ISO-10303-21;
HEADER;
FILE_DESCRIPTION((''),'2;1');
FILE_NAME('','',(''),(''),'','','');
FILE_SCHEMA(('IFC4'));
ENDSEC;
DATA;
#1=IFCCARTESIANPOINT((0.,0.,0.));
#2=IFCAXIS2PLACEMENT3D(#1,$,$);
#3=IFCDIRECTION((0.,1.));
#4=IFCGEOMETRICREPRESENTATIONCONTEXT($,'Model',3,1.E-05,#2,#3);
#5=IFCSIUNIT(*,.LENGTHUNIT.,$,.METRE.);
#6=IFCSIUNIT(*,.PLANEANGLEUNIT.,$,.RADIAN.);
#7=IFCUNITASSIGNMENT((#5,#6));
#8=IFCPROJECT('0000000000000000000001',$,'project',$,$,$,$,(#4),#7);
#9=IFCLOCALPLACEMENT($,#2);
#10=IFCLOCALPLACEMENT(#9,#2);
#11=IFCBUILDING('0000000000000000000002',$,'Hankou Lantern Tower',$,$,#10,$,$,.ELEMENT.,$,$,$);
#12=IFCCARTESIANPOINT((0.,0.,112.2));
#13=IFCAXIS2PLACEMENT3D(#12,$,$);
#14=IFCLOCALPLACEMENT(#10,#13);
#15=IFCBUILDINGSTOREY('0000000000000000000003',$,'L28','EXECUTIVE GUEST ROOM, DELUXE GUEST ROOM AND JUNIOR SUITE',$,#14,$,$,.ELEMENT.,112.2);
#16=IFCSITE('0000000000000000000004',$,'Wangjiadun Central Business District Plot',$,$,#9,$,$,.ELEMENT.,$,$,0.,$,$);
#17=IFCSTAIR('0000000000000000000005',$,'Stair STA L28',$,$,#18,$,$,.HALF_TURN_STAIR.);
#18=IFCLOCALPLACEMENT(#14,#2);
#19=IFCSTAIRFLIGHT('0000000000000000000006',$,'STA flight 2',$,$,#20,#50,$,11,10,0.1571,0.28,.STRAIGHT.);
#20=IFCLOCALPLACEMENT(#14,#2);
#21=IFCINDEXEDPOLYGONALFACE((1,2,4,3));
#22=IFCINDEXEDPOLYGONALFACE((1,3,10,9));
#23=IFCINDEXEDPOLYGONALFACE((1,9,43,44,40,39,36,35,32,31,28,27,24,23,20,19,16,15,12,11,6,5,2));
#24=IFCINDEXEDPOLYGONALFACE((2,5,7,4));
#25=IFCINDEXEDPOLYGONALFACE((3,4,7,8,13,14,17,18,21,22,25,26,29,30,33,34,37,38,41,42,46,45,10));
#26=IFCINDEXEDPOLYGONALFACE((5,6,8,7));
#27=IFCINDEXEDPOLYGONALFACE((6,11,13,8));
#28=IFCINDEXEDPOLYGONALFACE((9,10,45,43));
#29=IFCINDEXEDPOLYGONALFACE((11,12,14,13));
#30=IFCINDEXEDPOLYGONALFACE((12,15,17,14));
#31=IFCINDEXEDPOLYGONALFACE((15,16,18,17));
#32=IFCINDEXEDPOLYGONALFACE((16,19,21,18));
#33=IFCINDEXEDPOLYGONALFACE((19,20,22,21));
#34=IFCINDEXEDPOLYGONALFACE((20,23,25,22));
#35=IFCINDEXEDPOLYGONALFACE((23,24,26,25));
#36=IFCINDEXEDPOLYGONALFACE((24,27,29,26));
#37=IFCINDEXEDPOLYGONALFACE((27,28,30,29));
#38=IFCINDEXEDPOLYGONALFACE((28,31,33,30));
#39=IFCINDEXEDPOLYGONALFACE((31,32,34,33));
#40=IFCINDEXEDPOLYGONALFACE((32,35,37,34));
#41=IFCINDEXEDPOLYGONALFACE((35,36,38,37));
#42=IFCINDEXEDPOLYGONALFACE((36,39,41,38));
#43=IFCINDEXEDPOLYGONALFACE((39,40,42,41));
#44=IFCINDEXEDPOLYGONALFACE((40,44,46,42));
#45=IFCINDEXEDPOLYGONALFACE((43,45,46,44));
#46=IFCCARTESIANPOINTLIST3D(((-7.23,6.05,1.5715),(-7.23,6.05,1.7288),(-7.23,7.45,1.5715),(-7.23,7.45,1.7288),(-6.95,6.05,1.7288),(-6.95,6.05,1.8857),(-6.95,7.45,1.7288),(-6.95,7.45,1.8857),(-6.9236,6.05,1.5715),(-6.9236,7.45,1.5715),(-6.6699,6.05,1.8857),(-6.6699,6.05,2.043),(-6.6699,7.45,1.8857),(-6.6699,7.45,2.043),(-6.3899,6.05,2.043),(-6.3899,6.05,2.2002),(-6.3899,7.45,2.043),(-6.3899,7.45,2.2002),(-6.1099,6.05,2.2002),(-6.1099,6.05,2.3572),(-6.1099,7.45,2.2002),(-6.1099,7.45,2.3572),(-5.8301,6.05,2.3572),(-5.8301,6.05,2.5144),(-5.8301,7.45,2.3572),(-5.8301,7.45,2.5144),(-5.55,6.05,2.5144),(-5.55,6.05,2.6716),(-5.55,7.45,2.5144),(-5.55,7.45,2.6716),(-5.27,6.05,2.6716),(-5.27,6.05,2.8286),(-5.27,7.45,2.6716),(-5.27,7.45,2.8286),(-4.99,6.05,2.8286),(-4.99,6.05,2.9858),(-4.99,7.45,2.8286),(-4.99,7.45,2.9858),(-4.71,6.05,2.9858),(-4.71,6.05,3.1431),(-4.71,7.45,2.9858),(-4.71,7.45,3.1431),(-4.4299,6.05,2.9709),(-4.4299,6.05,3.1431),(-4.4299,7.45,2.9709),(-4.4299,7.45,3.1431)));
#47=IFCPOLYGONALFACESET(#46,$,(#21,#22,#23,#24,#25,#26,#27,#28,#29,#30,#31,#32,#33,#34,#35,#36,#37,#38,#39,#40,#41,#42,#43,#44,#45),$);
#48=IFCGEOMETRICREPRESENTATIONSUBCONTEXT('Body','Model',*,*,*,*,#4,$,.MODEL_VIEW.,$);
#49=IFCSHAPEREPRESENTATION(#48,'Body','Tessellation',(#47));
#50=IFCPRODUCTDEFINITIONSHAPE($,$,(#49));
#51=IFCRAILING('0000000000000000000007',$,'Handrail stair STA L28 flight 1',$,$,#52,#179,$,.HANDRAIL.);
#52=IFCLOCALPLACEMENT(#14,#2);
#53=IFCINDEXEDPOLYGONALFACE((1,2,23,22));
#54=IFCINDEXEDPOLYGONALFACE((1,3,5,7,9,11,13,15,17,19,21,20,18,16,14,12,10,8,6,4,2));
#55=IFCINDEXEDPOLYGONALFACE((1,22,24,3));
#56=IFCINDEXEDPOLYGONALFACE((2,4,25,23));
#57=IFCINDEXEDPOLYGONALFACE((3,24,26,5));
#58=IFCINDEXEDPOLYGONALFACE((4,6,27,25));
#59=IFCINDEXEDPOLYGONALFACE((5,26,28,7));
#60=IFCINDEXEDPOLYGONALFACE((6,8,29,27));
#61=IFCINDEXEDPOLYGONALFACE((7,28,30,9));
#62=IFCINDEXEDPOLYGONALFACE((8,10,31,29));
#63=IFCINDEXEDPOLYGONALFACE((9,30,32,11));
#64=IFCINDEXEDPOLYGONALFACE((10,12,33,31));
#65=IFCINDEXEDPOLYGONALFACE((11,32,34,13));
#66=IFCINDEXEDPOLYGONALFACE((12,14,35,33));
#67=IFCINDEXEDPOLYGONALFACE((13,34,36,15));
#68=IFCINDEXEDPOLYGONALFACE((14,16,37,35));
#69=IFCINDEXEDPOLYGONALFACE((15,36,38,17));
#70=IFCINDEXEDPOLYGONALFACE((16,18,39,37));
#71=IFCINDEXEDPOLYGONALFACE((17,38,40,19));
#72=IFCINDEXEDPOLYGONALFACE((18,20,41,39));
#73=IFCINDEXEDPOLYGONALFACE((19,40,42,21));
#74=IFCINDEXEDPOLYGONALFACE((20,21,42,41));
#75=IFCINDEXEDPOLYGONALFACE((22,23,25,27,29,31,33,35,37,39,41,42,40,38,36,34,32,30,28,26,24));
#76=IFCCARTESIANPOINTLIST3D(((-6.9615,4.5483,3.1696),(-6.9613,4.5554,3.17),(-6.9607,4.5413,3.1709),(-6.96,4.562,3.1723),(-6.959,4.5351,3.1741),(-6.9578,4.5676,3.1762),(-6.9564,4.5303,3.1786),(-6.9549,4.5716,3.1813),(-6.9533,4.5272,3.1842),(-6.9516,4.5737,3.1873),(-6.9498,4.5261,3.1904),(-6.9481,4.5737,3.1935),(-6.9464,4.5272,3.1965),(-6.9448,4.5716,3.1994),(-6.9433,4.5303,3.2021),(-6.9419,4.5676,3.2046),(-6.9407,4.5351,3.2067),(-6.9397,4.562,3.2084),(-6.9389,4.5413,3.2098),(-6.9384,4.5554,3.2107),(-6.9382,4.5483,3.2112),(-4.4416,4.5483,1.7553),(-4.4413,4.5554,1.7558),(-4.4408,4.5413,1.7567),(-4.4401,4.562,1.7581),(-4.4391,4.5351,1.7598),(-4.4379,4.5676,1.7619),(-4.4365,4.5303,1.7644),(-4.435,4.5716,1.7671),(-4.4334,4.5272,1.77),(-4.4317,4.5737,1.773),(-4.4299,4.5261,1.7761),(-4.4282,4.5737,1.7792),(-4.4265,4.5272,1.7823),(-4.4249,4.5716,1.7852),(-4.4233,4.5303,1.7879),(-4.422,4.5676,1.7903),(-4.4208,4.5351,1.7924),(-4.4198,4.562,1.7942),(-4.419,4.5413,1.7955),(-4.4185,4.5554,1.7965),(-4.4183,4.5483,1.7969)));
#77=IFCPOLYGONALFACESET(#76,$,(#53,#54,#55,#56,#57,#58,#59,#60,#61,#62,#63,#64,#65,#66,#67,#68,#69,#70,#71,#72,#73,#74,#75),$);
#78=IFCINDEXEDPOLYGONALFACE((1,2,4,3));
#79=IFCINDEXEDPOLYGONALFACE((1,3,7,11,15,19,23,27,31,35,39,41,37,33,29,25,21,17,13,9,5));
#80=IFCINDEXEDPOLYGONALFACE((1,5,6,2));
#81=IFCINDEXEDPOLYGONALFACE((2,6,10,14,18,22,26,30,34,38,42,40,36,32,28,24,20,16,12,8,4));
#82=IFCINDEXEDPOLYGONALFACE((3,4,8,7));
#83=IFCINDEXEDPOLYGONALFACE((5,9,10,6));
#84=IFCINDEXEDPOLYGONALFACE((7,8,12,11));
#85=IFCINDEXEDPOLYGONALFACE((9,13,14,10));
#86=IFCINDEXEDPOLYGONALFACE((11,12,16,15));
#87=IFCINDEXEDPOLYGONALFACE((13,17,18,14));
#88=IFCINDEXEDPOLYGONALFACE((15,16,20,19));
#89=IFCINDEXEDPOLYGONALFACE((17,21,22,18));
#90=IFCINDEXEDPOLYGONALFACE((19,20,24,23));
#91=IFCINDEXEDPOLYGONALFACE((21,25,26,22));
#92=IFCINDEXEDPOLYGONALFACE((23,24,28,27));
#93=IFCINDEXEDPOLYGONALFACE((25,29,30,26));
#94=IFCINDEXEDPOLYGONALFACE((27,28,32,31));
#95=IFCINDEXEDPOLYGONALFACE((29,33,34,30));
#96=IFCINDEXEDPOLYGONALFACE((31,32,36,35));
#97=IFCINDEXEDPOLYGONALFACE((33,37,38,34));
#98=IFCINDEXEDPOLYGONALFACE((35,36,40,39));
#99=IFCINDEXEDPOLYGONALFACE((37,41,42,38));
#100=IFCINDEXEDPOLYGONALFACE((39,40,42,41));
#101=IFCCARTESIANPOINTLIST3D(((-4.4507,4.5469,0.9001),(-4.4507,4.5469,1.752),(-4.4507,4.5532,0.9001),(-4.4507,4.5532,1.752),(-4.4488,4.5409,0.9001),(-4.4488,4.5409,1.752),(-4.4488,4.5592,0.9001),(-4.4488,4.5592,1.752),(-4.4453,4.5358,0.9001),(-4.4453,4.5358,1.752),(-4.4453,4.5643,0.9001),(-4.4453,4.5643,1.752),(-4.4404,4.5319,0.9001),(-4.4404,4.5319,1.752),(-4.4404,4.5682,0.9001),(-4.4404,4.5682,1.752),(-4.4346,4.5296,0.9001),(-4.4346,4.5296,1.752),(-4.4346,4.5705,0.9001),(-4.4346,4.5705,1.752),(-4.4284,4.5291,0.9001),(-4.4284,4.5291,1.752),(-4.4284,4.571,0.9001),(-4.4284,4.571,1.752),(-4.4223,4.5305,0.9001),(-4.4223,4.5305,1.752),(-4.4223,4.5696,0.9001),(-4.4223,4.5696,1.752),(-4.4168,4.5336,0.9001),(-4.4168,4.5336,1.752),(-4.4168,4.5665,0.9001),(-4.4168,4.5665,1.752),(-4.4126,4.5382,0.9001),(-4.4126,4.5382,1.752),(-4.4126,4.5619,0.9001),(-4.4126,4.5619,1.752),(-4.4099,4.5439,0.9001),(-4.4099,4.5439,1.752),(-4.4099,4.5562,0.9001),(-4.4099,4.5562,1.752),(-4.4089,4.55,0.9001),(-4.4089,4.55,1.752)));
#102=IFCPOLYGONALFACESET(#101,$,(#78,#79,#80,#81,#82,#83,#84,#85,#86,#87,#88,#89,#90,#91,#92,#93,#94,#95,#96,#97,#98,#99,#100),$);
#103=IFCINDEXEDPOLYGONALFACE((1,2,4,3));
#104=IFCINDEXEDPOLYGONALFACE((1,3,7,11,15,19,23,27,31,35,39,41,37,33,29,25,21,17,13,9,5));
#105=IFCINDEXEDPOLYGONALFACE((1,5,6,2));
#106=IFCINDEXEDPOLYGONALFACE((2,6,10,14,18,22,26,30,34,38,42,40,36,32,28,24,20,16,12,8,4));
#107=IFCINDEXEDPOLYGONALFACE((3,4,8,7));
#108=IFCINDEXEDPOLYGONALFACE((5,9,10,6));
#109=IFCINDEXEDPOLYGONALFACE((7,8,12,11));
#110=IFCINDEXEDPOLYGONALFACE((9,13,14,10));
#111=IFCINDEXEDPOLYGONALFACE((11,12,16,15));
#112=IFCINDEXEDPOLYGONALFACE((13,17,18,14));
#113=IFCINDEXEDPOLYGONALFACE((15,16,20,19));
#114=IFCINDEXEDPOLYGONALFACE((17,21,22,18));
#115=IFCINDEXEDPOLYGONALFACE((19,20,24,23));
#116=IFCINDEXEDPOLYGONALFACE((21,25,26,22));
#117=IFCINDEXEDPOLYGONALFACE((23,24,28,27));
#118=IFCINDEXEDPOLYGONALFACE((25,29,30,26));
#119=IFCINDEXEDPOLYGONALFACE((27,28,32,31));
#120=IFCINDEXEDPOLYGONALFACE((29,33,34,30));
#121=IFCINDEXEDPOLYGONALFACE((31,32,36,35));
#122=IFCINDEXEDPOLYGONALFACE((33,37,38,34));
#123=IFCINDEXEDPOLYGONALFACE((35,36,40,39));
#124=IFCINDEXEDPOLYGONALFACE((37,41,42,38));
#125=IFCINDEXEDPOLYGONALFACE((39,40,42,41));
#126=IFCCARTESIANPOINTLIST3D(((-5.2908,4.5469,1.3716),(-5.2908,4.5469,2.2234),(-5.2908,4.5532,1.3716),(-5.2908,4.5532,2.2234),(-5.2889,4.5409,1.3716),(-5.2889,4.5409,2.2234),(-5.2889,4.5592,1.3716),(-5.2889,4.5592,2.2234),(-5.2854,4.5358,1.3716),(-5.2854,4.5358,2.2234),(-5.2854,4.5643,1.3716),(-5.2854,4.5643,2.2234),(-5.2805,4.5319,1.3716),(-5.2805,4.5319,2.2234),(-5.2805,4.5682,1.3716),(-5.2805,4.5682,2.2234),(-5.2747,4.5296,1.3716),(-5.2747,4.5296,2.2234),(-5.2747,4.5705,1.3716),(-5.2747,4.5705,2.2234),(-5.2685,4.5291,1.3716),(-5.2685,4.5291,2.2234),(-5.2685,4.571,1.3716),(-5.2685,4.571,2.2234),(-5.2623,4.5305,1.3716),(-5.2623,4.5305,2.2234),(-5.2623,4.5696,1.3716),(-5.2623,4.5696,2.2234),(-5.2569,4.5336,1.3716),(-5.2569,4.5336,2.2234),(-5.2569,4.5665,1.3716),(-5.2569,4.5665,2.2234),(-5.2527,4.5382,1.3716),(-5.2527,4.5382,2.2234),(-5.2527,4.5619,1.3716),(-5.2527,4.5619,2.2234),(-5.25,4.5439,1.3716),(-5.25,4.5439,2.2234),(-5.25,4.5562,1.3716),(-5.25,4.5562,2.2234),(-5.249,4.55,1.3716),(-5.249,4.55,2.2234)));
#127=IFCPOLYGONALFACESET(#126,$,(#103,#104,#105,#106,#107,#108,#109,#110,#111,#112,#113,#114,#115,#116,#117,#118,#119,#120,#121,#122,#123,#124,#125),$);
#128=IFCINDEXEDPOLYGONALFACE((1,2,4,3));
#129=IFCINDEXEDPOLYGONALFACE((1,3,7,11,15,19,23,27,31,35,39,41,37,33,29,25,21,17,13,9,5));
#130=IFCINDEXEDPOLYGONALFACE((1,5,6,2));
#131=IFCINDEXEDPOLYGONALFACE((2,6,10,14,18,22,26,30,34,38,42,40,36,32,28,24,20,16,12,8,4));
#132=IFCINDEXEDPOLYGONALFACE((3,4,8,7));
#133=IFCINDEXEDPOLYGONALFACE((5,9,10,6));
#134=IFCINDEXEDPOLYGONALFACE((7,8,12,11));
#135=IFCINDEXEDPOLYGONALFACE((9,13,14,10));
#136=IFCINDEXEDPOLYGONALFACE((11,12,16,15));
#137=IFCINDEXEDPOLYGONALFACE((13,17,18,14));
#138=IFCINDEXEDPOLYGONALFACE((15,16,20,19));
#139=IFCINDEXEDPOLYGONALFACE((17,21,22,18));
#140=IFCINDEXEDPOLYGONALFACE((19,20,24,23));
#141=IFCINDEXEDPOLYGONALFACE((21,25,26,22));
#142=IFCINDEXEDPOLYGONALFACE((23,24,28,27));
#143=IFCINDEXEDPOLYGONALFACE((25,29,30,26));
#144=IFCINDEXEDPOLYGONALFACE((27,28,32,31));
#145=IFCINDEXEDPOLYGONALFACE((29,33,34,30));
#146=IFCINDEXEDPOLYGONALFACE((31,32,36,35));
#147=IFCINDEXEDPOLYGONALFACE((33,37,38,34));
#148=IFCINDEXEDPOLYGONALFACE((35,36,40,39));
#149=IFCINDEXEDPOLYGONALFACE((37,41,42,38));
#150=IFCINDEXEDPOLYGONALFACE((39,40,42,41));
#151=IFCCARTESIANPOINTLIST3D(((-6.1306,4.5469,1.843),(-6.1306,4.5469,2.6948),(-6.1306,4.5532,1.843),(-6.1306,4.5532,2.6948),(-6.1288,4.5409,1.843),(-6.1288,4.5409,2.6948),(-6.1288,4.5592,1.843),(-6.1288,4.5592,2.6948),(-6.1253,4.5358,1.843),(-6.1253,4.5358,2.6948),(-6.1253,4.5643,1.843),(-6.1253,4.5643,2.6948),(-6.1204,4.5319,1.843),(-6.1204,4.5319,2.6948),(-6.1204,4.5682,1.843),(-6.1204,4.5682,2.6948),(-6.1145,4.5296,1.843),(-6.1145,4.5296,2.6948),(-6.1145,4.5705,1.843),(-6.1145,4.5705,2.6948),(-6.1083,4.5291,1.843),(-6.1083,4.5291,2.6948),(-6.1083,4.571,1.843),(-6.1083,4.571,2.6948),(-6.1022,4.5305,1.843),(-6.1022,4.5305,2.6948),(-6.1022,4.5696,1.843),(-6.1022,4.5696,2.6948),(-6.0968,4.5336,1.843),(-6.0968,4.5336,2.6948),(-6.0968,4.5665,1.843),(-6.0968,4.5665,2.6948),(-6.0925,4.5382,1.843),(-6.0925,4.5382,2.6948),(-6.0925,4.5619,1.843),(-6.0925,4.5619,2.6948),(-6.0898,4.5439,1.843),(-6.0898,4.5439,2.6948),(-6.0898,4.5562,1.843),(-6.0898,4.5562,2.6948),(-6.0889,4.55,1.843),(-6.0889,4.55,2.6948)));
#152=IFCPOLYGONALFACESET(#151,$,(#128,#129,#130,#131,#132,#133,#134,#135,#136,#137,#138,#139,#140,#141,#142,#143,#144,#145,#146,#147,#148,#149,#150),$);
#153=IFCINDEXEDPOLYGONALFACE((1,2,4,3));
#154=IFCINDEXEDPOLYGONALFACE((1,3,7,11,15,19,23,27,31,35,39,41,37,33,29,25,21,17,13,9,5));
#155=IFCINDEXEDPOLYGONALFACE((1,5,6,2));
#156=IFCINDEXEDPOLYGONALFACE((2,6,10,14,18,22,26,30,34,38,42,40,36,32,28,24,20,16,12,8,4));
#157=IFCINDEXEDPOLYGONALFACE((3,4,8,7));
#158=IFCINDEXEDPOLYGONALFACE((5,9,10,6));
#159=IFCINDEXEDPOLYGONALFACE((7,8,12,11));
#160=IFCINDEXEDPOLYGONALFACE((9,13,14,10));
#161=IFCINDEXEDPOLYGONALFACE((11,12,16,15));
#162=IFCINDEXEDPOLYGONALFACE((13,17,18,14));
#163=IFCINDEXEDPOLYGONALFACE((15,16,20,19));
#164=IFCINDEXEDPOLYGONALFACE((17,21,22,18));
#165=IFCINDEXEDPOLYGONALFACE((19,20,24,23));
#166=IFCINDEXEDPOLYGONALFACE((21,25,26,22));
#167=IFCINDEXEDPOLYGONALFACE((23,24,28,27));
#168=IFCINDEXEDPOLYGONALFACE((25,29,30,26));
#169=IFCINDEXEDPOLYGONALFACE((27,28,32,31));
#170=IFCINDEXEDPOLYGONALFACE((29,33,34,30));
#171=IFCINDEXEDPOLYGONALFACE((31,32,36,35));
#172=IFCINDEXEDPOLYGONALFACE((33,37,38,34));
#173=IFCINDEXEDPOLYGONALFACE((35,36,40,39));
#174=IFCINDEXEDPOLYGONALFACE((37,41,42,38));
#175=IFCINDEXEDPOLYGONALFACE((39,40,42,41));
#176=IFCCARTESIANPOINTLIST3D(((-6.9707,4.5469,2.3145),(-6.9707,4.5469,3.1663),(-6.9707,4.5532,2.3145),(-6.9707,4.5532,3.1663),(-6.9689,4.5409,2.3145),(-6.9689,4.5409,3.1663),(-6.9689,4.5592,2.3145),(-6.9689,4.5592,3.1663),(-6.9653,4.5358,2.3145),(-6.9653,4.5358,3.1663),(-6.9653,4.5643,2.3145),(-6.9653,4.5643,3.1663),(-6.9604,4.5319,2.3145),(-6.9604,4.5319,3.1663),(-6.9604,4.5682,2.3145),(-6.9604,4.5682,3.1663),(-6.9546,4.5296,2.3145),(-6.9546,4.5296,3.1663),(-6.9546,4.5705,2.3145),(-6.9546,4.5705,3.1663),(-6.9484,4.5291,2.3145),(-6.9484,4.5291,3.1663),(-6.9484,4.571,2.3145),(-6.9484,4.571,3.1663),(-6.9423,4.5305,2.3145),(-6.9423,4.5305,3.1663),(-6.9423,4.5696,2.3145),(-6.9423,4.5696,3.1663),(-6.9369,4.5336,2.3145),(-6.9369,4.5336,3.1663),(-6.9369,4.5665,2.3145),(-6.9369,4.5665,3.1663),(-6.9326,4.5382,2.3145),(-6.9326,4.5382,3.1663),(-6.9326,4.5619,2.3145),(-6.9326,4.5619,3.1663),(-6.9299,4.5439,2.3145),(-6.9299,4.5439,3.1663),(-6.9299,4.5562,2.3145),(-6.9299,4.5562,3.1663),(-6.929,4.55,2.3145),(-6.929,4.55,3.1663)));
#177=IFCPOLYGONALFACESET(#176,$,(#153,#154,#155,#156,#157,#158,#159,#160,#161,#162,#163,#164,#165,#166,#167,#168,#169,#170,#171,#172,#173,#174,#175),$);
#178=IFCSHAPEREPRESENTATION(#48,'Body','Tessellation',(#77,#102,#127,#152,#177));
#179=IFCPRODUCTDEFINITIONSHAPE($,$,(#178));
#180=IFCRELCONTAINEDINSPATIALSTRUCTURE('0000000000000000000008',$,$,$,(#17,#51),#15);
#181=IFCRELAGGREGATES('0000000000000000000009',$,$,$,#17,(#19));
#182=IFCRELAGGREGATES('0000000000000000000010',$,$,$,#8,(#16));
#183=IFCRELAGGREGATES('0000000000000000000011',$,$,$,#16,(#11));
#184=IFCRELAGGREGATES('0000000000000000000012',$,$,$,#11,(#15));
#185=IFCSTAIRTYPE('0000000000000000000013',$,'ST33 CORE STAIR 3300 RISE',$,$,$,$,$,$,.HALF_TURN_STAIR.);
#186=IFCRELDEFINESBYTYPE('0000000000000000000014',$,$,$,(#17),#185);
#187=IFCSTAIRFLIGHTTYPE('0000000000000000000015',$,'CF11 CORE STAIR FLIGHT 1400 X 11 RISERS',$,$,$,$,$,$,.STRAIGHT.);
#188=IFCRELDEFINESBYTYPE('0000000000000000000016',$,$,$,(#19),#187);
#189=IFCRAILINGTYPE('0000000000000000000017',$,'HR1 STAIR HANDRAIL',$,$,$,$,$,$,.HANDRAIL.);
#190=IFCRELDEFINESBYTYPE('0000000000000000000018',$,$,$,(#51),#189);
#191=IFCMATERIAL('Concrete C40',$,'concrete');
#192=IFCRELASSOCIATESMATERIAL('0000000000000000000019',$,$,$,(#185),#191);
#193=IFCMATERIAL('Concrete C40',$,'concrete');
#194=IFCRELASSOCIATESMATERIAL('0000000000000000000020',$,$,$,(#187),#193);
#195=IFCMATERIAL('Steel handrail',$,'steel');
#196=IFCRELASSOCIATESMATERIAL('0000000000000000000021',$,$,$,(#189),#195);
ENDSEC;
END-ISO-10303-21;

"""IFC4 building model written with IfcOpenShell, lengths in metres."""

from ifc_helpers import new_model, si_unit, direction, frame, origin, origin_2d, place, context, subcontext, project, spatial, polyline, circle, outline, extrude, material, type_object, element, aggregate, save


model = new_model("IFC4")

# Units and contexts
model_context = context("Model", 3, precision=1e-05, world=origin(), true_north=direction((0.0, 1.0)))
body_context = subcontext(model_context, "Body", "Model", "MODEL_VIEW")
ifc_project = project(units=[si_unit("LENGTHUNIT", "METRE"), si_unit("PLANEANGLEUNIT", "RADIAN")], contexts=[model_context])

# Site, building, storey
site_placement = place(None, origin())
site = spatial("IfcSite", under=ifc_project, at=site_placement, Name="Wangjiadun Central Business District Plot", CompositionType="ELEMENT", RefElevation=0.0)
building_placement = place(site_placement, origin())
building = spatial("IfcBuilding", under=site, at=building_placement, Name="Hankou Lantern Tower", CompositionType="ELEMENT")
storey_placement = place(building_placement, frame((0.0, 0.0, 112.2)))
storey = spatial("IfcBuildingStorey", under=building, at=storey_placement, Name="L28", Description="EXECUTIVE GUEST ROOM, DELUXE GUEST ROOM AND JUNIOR SUITE", CompositionType="ELEMENT", Elevation=112.2)

# Stair, stair flight
ifc_material_1 = material(Name="Concrete C40", Category="concrete")
stair_type = type_object("IfcStairType", Name="ST33 CORE STAIR 3300 RISE", PredefinedType="HALF_TURN_STAIR", material=ifc_material_1)
stair_placement = place(storey_placement, origin())
stair = element("IfcStair", 1, at=stair_placement, inside=storey, type_object=stair_type, Name="Stair STA L28", PredefinedType="HALF_TURN_STAIR")
ifc_material_2 = material(Name="Concrete C40", Category="concrete")
stair_flight_type_1 = type_object("IfcStairFlightType", Name="CF11 CORE STAIR FLIGHT 1400 X 11 RISERS", PredefinedType="STRAIGHT", material=ifc_material_2)
stair_flight_1_placement = place(storey_placement, frame((-7.23, 6.75, 1.5715), z_axis=(0.0, 0.0, 1.0), x_axis=(1.0, 0.0, 0.0)))
stair_flight_1 = element("IfcStairFlight", 2, at=stair_flight_1_placement, type_object=stair_flight_type_1, Name="STA flight 2", NumberOfRisers=11, NumberOfTreads=10, PredefinedType="STRAIGHT", RiserHeight=0.1571, TreadLength=0.28, context=body_context, shape_type="SweptSolid", body=[
    extrude(outline(polyline([(0.0, 0.0), (0.0, 0.1572), (0.28, 0.1572), (0.28, 0.3142), (0.5601, 0.3142), (0.5601, 0.4714), (0.8401, 0.4714), (0.8401, 0.6287), (1.1201, 0.6287), (1.1201, 0.7856), (1.3999, 0.7856), (1.3999, 0.9429), (1.6799, 0.9429), (1.6799, 1.1001), (1.96, 1.1001), (1.96, 1.2571), (2.24, 1.2571), (2.24, 1.4143), (2.52, 1.4143), (2.52, 1.5715), (2.8, 1.5715), (2.8, 1.7285), (2.8, 1.3994), (0.3064, 0.0), (0.0, 0.0)])), frame((0.0, 0.7, 0.0), z_axis=(0.0, -1.0, 0.0), x_axis=(1.0, 0.0, 0.0)), (0.0, 0.0, 1.0), 1.3999),
])
aggregate(stair, [stair_flight_1])

# Railing
ifc_material_3 = material(Name="Steel handrail", Category="steel")
railing_type = type_object("IfcRailingType", Name="HR1 STAIR HANDRAIL", PredefinedType="HANDRAIL", material=ifc_material_3)
railing_1_placement = place(storey_placement, frame((-4.4299, 4.55, 0.9001)))
element("IfcRailing", 3, at=railing_1_placement, inside=storey, type_object=railing_type, Name="Handrail stair STA L28 flight 1", PredefinedType="HANDRAIL", context=body_context, shape_type="SweptSolid", body=[
    extrude(circle(Radius=0.0239, at=origin_2d()), frame((0.0, 0.0, 0.876), z_axis=(-0.872049, 0.0, 0.489419), x_axis=(0.0, -1.0, 0.0)), (0.0, 0.0, 1.0), 2.8896),
    extrude(circle(Radius=0.021, at=origin_2d()), origin(), (0.0, 0.0, 1.0), 0.8518),
    extrude(circle(Radius=0.021, at=origin_2d()), frame((-0.8401, 0.0, 0.4714)), (0.0, 0.0, 1.0), 0.8518),
    extrude(circle(Radius=0.021, at=origin_2d()), frame((-1.6799, 0.0, 0.9429)), (0.0, 0.0, 1.0), 0.8518),
    extrude(circle(Radius=0.021, at=origin_2d()), frame((-2.52, 0.0, 1.4143)), (0.0, 0.0, 1.0), 0.8518),
])

save(model, "model.ifc")
